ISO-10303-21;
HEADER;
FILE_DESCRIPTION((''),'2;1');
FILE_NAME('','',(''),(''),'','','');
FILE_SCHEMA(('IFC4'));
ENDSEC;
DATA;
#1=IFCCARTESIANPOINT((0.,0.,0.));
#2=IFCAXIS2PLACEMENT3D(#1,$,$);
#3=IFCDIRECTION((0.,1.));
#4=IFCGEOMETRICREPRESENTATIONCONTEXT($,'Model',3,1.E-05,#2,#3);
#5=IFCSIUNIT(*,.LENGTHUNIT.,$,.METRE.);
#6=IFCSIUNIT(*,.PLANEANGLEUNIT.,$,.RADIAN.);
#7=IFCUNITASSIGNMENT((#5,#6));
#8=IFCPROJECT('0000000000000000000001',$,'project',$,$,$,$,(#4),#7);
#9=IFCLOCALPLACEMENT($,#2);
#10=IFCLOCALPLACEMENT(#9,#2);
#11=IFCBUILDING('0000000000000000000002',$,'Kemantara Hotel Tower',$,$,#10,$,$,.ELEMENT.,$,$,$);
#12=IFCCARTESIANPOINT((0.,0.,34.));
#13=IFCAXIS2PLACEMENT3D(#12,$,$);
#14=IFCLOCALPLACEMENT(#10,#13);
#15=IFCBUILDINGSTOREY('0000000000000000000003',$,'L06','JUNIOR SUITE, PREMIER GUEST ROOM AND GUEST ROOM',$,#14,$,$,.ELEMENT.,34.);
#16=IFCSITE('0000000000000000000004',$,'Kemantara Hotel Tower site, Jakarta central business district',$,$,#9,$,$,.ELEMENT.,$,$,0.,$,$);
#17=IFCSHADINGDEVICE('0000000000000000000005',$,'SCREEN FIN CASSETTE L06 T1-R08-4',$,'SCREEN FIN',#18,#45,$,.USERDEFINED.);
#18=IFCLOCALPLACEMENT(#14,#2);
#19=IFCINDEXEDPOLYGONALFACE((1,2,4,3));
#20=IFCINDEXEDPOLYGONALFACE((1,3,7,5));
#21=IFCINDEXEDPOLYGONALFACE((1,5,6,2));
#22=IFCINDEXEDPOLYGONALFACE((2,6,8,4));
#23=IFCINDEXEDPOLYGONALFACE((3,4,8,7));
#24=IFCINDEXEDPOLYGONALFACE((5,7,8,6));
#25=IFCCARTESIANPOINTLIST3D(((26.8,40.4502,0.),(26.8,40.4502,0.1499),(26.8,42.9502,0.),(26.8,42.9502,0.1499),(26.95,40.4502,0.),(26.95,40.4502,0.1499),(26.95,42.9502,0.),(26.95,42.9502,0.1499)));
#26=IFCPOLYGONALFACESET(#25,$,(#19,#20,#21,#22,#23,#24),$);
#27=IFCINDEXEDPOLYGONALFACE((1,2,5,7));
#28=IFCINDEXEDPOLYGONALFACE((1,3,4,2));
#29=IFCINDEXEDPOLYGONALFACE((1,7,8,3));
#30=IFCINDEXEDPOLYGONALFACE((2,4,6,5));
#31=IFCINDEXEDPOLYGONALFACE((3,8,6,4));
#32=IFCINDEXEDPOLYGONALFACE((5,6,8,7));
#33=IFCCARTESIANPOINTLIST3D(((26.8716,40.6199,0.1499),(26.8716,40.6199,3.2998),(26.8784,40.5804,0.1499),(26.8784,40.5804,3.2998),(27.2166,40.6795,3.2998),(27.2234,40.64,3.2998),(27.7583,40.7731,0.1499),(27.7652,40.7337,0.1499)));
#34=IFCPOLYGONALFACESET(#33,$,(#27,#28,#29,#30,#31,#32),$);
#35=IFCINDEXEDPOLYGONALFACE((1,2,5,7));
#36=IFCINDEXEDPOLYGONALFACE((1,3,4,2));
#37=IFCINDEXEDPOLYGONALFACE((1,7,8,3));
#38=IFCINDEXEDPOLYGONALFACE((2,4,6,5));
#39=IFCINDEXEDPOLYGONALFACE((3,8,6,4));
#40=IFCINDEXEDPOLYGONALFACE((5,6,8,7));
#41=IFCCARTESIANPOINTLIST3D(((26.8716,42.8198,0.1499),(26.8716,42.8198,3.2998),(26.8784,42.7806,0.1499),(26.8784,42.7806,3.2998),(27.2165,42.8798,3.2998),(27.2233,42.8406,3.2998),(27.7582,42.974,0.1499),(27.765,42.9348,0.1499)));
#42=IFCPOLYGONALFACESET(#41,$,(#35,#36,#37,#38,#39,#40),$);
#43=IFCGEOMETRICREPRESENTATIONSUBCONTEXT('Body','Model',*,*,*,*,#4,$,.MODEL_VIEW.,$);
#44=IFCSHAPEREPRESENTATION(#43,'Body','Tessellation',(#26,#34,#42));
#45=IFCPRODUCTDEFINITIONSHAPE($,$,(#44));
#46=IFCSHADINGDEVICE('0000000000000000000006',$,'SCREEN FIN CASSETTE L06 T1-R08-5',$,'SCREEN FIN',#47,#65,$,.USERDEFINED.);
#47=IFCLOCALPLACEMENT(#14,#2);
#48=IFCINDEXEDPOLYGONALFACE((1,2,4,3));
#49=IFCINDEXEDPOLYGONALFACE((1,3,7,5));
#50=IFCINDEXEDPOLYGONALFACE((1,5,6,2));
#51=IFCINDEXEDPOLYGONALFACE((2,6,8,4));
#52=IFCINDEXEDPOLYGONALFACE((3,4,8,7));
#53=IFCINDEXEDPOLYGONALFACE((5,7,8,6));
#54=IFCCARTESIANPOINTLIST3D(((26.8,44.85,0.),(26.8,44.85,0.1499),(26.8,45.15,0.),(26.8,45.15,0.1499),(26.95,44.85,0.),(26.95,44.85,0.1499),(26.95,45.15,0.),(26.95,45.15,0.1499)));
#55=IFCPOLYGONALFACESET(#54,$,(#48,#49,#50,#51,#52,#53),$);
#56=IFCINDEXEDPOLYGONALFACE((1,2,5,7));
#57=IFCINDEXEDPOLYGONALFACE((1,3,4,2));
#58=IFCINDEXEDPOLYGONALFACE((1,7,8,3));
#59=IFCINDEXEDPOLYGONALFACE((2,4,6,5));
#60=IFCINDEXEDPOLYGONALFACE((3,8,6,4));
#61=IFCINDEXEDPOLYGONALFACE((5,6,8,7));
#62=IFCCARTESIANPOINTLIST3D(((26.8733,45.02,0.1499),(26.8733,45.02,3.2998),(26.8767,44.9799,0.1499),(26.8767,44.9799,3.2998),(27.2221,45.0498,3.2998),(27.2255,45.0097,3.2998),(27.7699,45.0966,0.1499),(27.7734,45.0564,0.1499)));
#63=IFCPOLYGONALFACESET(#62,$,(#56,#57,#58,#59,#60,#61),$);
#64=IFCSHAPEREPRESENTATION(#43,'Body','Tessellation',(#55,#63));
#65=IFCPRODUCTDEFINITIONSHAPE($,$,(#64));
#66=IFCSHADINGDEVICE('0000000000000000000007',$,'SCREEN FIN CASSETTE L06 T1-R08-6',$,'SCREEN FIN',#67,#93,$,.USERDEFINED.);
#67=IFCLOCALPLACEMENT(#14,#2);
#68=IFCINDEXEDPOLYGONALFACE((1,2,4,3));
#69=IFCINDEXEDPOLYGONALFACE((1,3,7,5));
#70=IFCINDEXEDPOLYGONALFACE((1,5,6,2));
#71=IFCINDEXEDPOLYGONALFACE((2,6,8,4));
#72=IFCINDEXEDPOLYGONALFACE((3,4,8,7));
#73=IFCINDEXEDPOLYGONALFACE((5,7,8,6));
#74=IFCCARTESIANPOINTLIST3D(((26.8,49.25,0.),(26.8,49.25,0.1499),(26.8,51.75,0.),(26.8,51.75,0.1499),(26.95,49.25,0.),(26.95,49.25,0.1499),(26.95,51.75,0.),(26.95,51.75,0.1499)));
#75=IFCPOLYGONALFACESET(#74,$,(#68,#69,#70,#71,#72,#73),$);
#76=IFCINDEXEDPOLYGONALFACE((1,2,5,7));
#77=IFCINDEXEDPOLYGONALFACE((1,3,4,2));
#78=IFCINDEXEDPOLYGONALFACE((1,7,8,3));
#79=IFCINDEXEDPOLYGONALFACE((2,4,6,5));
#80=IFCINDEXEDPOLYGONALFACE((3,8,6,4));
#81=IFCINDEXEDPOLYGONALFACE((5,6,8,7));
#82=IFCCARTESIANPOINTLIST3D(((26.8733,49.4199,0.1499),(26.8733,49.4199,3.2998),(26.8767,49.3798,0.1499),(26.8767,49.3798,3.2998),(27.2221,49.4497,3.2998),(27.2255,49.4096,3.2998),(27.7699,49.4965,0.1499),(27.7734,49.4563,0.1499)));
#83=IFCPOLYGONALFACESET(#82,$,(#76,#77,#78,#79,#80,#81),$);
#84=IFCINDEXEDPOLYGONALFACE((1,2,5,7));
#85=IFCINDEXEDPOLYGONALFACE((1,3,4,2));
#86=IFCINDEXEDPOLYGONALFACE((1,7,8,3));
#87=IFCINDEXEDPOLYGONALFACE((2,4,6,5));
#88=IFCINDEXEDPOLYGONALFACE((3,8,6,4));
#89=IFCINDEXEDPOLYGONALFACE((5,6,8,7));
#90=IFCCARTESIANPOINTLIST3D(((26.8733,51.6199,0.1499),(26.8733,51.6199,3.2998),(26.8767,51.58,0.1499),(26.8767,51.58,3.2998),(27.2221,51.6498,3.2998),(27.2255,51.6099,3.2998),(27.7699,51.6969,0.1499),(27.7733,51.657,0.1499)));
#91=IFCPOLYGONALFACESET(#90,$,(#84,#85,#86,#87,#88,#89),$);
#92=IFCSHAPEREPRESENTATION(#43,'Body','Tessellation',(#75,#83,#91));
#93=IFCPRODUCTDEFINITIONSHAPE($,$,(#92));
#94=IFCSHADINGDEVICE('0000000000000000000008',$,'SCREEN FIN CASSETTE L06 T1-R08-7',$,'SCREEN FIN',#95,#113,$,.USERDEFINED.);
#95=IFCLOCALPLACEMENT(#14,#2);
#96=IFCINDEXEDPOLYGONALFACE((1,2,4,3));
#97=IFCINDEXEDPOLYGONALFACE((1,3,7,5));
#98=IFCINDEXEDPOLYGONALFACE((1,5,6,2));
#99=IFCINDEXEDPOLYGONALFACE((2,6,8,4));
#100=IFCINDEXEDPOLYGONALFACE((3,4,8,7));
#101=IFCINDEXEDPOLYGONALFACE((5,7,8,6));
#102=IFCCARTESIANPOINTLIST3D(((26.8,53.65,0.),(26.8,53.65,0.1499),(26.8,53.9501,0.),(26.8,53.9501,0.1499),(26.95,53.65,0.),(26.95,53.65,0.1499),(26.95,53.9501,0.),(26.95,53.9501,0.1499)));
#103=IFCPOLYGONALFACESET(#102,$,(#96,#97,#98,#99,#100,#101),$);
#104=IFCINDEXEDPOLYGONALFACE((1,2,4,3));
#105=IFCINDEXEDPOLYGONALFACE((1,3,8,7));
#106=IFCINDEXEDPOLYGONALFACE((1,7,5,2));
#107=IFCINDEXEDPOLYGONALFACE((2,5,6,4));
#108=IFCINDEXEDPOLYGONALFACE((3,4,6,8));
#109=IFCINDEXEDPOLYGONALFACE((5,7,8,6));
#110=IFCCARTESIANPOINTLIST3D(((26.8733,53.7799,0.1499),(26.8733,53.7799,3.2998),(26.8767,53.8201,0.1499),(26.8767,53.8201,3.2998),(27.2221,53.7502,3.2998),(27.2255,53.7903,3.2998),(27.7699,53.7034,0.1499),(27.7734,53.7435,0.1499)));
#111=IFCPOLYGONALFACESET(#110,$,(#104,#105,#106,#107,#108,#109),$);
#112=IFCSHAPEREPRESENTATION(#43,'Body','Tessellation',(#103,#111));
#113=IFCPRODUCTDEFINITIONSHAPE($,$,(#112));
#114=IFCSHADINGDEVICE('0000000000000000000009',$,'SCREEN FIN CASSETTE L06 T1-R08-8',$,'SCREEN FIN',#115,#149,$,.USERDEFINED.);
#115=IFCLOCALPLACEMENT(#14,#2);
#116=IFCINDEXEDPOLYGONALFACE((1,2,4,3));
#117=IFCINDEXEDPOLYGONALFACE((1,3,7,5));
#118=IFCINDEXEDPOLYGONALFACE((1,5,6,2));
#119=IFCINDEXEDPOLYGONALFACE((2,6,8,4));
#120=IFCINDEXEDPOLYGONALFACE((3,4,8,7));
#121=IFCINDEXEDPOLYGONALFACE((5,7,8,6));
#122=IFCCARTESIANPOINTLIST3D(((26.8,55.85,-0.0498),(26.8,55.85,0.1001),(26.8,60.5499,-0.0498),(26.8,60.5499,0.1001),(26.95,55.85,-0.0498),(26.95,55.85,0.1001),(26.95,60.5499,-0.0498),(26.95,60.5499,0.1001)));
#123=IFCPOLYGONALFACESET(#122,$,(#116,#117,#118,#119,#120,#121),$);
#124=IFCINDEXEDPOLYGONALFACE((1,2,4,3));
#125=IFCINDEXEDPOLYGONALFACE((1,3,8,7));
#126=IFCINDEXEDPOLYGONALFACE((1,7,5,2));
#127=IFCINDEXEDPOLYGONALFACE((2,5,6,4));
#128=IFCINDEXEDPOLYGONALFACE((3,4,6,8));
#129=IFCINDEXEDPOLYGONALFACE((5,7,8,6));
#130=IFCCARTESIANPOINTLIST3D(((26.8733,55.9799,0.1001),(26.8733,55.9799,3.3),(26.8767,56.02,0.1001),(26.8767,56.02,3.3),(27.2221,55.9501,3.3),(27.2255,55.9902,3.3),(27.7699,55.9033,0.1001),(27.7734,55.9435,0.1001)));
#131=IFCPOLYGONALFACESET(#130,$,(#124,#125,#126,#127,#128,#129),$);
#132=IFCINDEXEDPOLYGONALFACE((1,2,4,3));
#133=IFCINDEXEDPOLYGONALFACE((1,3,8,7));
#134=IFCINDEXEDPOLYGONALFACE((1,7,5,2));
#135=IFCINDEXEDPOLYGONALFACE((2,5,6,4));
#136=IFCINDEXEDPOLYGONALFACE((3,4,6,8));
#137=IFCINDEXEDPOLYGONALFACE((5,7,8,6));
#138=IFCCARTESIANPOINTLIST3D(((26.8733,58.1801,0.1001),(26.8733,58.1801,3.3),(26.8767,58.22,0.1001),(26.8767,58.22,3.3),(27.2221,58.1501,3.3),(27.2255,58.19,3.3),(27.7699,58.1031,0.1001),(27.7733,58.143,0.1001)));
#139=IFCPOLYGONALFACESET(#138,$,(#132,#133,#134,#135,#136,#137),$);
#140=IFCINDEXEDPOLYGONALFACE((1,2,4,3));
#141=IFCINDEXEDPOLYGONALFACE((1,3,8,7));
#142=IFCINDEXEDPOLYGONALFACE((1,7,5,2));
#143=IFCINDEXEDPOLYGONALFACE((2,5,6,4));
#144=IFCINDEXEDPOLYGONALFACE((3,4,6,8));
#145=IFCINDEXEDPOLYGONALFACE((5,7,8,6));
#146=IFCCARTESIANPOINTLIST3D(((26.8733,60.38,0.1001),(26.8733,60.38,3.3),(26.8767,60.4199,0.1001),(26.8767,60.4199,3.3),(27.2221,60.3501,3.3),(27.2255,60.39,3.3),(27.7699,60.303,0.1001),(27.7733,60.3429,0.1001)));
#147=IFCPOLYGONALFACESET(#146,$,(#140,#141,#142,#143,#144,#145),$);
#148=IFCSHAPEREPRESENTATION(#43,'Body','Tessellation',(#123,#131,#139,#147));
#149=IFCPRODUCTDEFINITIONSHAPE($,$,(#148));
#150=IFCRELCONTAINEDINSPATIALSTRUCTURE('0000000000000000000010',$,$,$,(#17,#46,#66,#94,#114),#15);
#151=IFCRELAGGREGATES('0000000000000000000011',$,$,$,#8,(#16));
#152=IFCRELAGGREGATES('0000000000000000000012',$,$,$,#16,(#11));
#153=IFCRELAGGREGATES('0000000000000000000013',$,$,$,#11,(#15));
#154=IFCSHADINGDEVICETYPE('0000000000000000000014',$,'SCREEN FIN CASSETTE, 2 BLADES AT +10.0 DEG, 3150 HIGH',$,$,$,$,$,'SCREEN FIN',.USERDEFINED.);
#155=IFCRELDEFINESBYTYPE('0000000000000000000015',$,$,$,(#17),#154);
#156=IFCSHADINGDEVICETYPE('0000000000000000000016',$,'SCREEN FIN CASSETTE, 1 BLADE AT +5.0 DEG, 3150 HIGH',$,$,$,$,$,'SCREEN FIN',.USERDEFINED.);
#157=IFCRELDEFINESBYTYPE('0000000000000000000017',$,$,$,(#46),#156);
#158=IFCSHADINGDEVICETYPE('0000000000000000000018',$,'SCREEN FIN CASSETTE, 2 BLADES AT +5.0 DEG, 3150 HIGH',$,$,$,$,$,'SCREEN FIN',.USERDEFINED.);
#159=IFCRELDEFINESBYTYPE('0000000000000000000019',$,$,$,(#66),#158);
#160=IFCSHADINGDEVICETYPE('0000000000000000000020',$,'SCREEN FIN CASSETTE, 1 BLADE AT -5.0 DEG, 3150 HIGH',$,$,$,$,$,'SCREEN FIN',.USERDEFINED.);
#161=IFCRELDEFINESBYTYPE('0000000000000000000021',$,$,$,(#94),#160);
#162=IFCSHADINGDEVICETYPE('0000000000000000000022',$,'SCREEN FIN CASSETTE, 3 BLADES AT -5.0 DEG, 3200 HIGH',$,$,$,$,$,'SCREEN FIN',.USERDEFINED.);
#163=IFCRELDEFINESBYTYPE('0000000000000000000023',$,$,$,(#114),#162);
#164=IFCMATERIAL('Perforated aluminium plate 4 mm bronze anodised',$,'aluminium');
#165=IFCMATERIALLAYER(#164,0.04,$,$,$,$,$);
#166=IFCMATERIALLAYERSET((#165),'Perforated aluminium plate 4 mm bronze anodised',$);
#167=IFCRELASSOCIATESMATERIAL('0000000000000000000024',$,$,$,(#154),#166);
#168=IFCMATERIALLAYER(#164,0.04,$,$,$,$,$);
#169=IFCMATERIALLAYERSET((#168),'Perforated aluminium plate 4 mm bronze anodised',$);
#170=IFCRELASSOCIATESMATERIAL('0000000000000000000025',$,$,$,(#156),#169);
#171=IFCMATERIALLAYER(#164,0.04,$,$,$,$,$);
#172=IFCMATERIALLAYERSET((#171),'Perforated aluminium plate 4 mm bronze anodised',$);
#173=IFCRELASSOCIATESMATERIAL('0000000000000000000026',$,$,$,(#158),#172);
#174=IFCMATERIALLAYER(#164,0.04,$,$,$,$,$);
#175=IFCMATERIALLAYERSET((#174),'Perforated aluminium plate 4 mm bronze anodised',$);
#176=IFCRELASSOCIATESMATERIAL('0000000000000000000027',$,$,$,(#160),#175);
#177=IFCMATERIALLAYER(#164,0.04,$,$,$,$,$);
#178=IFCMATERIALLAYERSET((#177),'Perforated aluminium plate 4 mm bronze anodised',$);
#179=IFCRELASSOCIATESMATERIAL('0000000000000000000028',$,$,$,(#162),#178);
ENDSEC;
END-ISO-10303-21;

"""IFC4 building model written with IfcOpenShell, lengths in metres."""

from ifc_helpers import new_model, si_unit, direction, frame, origin, origin_2d, place, context, subcontext, project, spatial, polyline, rectangle, outline, extrude, source, transform, mapped, material, layer, layer_set, type_object, element, save


model = new_model("IFC4")

# Units and contexts
model_context = context("Model", 3, precision=1e-05, world=origin(), true_north=direction((0.0, 1.0)))
body_context = subcontext(model_context, "Body", "Model", "MODEL_VIEW")
ifc_project = project(units=[si_unit("LENGTHUNIT", "METRE"), si_unit("PLANEANGLEUNIT", "RADIAN")], contexts=[model_context])

# Site, building, storey
site_placement = place(None, origin())
site = spatial("IfcSite", under=ifc_project, at=site_placement, Name="Kemantara Hotel Tower site, Jakarta central business district", CompositionType="ELEMENT", RefElevation=0.0)
building_placement = place(site_placement, origin())
building = spatial("IfcBuilding", under=site, at=building_placement, Name="Kemantara Hotel Tower", CompositionType="ELEMENT")
storey_placement = place(building_placement, frame((0.0, 0.0, 34.0)))
storey = spatial("IfcBuildingStorey", under=building, at=storey_placement, Name="L06", Description="JUNIOR SUITE, PREMIER GUEST ROOM AND GUEST ROOM", CompositionType="ELEMENT", Elevation=34.0)

# Shading devices
ifc_material_1 = material(Name="Perforated aluminium plate 4 mm bronze anodised", Category="aluminium")
ifc_layer_1 = layer(ifc_material_1, 0.04)
ifc_layer_set_1 = layer_set([ifc_layer_1], Name="Perforated aluminium plate 4 mm bronze anodised")
shading_device_type_1 = type_object("IfcShadingDeviceType", Name="SCREEN FIN CASSETTE, 2 BLADES AT +10.0 DEG, 3150 HIGH", ElementType="SCREEN FIN", PredefinedType="USERDEFINED", material=ifc_layer_set_1)
shared_shape_1 = source(origin(), body_context, "Body", "SweptSolid", [
    extrude(rectangle(XDim=2.5, YDim=0.1499, at=origin_2d()), frame((1.1001, -0.075, -0.1499), z_axis=(0.0, 0.0, 1.0), x_axis=(1.0, 0.0, 0.0)), (0.0, 0.0, 1.0), 0.1499),
    extrude(outline(polyline([(0.0, 0.0), (0.8999, 0.0), (0.3501, 3.1499), (0.0, 3.1499), (0.0, 0.0)])), frame((0.0198, -0.0715, 0.0), z_axis=(-0.98539, -0.170314, 0.0), x_axis=(0.170314, -0.98539, 0.0)), (0.0, 0.0, 1.0), 0.04),
    extrude(outline(polyline([(0.0, 0.0), (0.8999, 0.0), (0.3501, 3.1499), (0.0, 3.1499), (0.0, 0.0)])), frame((2.2197, -0.0715, 0.0), z_axis=(-0.985212, -0.171341, 0.0), x_axis=(0.171341, -0.985212, 0.0)), (0.0, 0.0, 1.0), 0.0398),
])
shading_device_1_placement = place(storey_placement, frame((26.8, 40.6001, 0.1499), z_axis=(0.0, 0.0, 1.0), x_axis=(0.0, 1.0, 0.0)))
element("IfcShadingDevice", 1, at=shading_device_1_placement, inside=storey, type_object=shading_device_type_1, Name="SCREEN FIN CASSETTE L06 T1-R08-4", ObjectType="SCREEN FIN", PredefinedType="USERDEFINED", context=body_context, shape_type="MappedRepresentation", body=[
    mapped(shared_shape_1, transform((0.0, 0.0, 0.0))),
])
ifc_layer_2 = layer(ifc_material_1, 0.04)
ifc_layer_set_2 = layer_set([ifc_layer_2], Name="Perforated aluminium plate 4 mm bronze anodised")
shading_device_type_2 = type_object("IfcShadingDeviceType", Name="SCREEN FIN CASSETTE, 1 BLADE AT +5.0 DEG, 3150 HIGH", ElementType="SCREEN FIN", PredefinedType="USERDEFINED", material=ifc_layer_set_2)
shared_shape_2 = source(origin(), body_context, "Body", "SweptSolid", [
    extrude(rectangle(XDim=0.3, YDim=0.1499, at=origin_2d()), frame((0.0, -0.075, -0.1499), z_axis=(0.0, 0.0, 1.0), x_axis=(1.0, 0.0, 0.0)), (0.0, 0.0, 1.0), 0.1499),
    extrude(outline(polyline([(0.0, 0.0), (0.8999, 0.0), (0.3501, 3.1499), (0.0, 3.1499), (0.0, 0.0)])), frame((0.02, -0.0732, 0.0), z_axis=(-0.996376, -0.085056, 0.0), x_axis=(0.085056, -0.996376, 0.0)), (0.0, 0.0, 1.0), 0.0403),
])
shading_device_2_placement = place(storey_placement, frame((26.8, 45.0, 0.1499), z_axis=(0.0, 0.0, 1.0), x_axis=(0.0, 1.0, 0.0)))
element("IfcShadingDevice", 2, at=shading_device_2_placement, inside=storey, type_object=shading_device_type_2, Name="SCREEN FIN CASSETTE L06 T1-R08-5", ObjectType="SCREEN FIN", PredefinedType="USERDEFINED", context=body_context, shape_type="MappedRepresentation", body=[
    mapped(shared_shape_2, transform((0.0, 0.0, 0.0))),
])
ifc_layer_3 = layer(ifc_material_1, 0.04)
ifc_layer_set_3 = layer_set([ifc_layer_3], Name="Perforated aluminium plate 4 mm bronze anodised")
shading_device_type_3 = type_object("IfcShadingDeviceType", Name="SCREEN FIN CASSETTE, 2 BLADES AT +5.0 DEG, 3150 HIGH", ElementType="SCREEN FIN", PredefinedType="USERDEFINED", material=ifc_layer_set_3)
shared_shape_3 = source(origin(), body_context, "Body", "SweptSolid", [
    extrude(rectangle(XDim=2.5, YDim=0.1499, at=origin_2d()), frame((1.1001, -0.075, -0.1499), z_axis=(0.0, 0.0, 1.0), x_axis=(1.0, 0.0, 0.0)), (0.0, 0.0, 1.0), 0.1499),
    extrude(outline(polyline([(0.0, 0.0), (0.8999, 0.0), (0.3501, 3.1499), (0.0, 3.1499), (0.0, 0.0)])), frame((0.02, -0.0732, 0.0), z_axis=(-0.996376, -0.085056, 0.0), x_axis=(0.085056, -0.996376, 0.0)), (0.0, 0.0, 1.0), 0.0403),
    extrude(outline(polyline([(0.0, 0.0), (0.8999, 0.0), (0.3501, 3.1499), (0.0, 3.1499), (0.0, 0.0)])), frame((2.22, -0.0732, 0.0), z_axis=(-0.996332, -0.085575, 0.0), x_axis=(0.085575, -0.996332, 0.0)), (0.0, 0.0, 1.0), 0.04),
])
shading_device_3_placement = place(storey_placement, frame((26.8, 49.3999, 0.1499), z_axis=(0.0, 0.0, 1.0), x_axis=(0.0, 1.0, 0.0)))
element("IfcShadingDevice", 3, at=shading_device_3_placement, inside=storey, type_object=shading_device_type_3, Name="SCREEN FIN CASSETTE L06 T1-R08-6", ObjectType="SCREEN FIN", PredefinedType="USERDEFINED", context=body_context, shape_type="MappedRepresentation", body=[
    mapped(shared_shape_3, transform((0.0, 0.0, 0.0))),
])
ifc_layer_4 = layer(ifc_material_1, 0.04)
ifc_layer_set_4 = layer_set([ifc_layer_4], Name="Perforated aluminium plate 4 mm bronze anodised")
shading_device_type_4 = type_object("IfcShadingDeviceType", Name="SCREEN FIN CASSETTE, 1 BLADE AT -5.0 DEG, 3150 HIGH", ElementType="SCREEN FIN", PredefinedType="USERDEFINED", material=ifc_layer_set_4)
shared_shape_4 = source(origin(), body_context, "Body", "SweptSolid", [
    extrude(rectangle(XDim=0.3, YDim=0.1499, at=origin_2d()), frame((0.0, -0.075, -0.1499), z_axis=(0.0, 0.0, 1.0), x_axis=(1.0, 0.0, 0.0)), (0.0, 0.0, 1.0), 0.1499),
    extrude(outline(polyline([(0.0, 0.0), (0.8999, 0.0), (0.3501, 3.1499), (0.0, 3.1499), (0.0, 0.0)])), frame((0.02, -0.0767, 0.0), z_axis=(-0.996376, 0.085056, 0.0), x_axis=(-0.085056, -0.996376, 0.0)), (0.0, 0.0, 1.0), 0.0403),
])
shading_device_4_placement = place(storey_placement, frame((26.8, 53.8, 0.1499), z_axis=(0.0, 0.0, 1.0), x_axis=(0.0, 1.0, 0.0)))
element("IfcShadingDevice", 4, at=shading_device_4_placement, inside=storey, type_object=shading_device_type_4, Name="SCREEN FIN CASSETTE L06 T1-R08-7", ObjectType="SCREEN FIN", PredefinedType="USERDEFINED", context=body_context, shape_type="MappedRepresentation", body=[
    mapped(shared_shape_4, transform((0.0, 0.0, 0.0))),
])
ifc_layer_5 = layer(ifc_material_1, 0.04)
ifc_layer_set_5 = layer_set([ifc_layer_5], Name="Perforated aluminium plate 4 mm bronze anodised")
shading_device_type_5 = type_object("IfcShadingDeviceType", Name="SCREEN FIN CASSETTE, 3 BLADES AT -5.0 DEG, 3200 HIGH", ElementType="SCREEN FIN", PredefinedType="USERDEFINED", material=ifc_layer_set_5)
shared_shape_5 = source(origin(), body_context, "Body", "SweptSolid", [
    extrude(rectangle(XDim=4.7, YDim=0.1499, at=origin_2d()), frame((2.2, -0.075, -0.1499), z_axis=(0.0, 0.0, 1.0), x_axis=(1.0, 0.0, 0.0)), (0.0, 0.0, 1.0), 0.1499),
    extrude(outline(polyline([(0.0, 0.0), (0.8999, 0.0), (0.3501, 3.2), (0.0, 3.2), (0.0, 0.0)])), frame((0.02, -0.0767, 0.0), z_axis=(-0.996376, 0.085056, 0.0), x_axis=(-0.085056, -0.996376, 0.0)), (0.0, 0.0, 1.0), 0.0403),
    extrude(outline(polyline([(0.0, 0.0), (0.8999, 0.0), (0.3501, 3.2), (0.0, 3.2), (0.0, 0.0)])), frame((2.22, -0.0767, 0.0), z_axis=(-0.996332, 0.085575, 0.0), x_axis=(-0.085575, -0.996332, 0.0)), (0.0, 0.0, 1.0), 0.04),
    extrude(outline(polyline([(0.0, 0.0), (0.8999, 0.0), (0.3501, 3.2), (0.0, 3.2), (0.0, 0.0)])), frame((4.4199, -0.0767, 0.0), z_axis=(-0.996332, 0.085575, 0.0), x_axis=(-0.085575, -0.996332, 0.0)), (0.0, 0.0, 1.0), 0.04),
])
shading_device_5_placement = place(storey_placement, frame((26.8, 56.0, 0.1001), z_axis=(0.0, 0.0, 1.0), x_axis=(0.0, 1.0, 0.0)))
element("IfcShadingDevice", 5, at=shading_device_5_placement, inside=storey, type_object=shading_device_type_5, Name="SCREEN FIN CASSETTE L06 T1-R08-8", ObjectType="SCREEN FIN", PredefinedType="USERDEFINED", context=body_context, shape_type="MappedRepresentation", body=[
    mapped(shared_shape_5, transform((0.0, 0.0, 0.0))),
])

save(model, "model.ifc")
